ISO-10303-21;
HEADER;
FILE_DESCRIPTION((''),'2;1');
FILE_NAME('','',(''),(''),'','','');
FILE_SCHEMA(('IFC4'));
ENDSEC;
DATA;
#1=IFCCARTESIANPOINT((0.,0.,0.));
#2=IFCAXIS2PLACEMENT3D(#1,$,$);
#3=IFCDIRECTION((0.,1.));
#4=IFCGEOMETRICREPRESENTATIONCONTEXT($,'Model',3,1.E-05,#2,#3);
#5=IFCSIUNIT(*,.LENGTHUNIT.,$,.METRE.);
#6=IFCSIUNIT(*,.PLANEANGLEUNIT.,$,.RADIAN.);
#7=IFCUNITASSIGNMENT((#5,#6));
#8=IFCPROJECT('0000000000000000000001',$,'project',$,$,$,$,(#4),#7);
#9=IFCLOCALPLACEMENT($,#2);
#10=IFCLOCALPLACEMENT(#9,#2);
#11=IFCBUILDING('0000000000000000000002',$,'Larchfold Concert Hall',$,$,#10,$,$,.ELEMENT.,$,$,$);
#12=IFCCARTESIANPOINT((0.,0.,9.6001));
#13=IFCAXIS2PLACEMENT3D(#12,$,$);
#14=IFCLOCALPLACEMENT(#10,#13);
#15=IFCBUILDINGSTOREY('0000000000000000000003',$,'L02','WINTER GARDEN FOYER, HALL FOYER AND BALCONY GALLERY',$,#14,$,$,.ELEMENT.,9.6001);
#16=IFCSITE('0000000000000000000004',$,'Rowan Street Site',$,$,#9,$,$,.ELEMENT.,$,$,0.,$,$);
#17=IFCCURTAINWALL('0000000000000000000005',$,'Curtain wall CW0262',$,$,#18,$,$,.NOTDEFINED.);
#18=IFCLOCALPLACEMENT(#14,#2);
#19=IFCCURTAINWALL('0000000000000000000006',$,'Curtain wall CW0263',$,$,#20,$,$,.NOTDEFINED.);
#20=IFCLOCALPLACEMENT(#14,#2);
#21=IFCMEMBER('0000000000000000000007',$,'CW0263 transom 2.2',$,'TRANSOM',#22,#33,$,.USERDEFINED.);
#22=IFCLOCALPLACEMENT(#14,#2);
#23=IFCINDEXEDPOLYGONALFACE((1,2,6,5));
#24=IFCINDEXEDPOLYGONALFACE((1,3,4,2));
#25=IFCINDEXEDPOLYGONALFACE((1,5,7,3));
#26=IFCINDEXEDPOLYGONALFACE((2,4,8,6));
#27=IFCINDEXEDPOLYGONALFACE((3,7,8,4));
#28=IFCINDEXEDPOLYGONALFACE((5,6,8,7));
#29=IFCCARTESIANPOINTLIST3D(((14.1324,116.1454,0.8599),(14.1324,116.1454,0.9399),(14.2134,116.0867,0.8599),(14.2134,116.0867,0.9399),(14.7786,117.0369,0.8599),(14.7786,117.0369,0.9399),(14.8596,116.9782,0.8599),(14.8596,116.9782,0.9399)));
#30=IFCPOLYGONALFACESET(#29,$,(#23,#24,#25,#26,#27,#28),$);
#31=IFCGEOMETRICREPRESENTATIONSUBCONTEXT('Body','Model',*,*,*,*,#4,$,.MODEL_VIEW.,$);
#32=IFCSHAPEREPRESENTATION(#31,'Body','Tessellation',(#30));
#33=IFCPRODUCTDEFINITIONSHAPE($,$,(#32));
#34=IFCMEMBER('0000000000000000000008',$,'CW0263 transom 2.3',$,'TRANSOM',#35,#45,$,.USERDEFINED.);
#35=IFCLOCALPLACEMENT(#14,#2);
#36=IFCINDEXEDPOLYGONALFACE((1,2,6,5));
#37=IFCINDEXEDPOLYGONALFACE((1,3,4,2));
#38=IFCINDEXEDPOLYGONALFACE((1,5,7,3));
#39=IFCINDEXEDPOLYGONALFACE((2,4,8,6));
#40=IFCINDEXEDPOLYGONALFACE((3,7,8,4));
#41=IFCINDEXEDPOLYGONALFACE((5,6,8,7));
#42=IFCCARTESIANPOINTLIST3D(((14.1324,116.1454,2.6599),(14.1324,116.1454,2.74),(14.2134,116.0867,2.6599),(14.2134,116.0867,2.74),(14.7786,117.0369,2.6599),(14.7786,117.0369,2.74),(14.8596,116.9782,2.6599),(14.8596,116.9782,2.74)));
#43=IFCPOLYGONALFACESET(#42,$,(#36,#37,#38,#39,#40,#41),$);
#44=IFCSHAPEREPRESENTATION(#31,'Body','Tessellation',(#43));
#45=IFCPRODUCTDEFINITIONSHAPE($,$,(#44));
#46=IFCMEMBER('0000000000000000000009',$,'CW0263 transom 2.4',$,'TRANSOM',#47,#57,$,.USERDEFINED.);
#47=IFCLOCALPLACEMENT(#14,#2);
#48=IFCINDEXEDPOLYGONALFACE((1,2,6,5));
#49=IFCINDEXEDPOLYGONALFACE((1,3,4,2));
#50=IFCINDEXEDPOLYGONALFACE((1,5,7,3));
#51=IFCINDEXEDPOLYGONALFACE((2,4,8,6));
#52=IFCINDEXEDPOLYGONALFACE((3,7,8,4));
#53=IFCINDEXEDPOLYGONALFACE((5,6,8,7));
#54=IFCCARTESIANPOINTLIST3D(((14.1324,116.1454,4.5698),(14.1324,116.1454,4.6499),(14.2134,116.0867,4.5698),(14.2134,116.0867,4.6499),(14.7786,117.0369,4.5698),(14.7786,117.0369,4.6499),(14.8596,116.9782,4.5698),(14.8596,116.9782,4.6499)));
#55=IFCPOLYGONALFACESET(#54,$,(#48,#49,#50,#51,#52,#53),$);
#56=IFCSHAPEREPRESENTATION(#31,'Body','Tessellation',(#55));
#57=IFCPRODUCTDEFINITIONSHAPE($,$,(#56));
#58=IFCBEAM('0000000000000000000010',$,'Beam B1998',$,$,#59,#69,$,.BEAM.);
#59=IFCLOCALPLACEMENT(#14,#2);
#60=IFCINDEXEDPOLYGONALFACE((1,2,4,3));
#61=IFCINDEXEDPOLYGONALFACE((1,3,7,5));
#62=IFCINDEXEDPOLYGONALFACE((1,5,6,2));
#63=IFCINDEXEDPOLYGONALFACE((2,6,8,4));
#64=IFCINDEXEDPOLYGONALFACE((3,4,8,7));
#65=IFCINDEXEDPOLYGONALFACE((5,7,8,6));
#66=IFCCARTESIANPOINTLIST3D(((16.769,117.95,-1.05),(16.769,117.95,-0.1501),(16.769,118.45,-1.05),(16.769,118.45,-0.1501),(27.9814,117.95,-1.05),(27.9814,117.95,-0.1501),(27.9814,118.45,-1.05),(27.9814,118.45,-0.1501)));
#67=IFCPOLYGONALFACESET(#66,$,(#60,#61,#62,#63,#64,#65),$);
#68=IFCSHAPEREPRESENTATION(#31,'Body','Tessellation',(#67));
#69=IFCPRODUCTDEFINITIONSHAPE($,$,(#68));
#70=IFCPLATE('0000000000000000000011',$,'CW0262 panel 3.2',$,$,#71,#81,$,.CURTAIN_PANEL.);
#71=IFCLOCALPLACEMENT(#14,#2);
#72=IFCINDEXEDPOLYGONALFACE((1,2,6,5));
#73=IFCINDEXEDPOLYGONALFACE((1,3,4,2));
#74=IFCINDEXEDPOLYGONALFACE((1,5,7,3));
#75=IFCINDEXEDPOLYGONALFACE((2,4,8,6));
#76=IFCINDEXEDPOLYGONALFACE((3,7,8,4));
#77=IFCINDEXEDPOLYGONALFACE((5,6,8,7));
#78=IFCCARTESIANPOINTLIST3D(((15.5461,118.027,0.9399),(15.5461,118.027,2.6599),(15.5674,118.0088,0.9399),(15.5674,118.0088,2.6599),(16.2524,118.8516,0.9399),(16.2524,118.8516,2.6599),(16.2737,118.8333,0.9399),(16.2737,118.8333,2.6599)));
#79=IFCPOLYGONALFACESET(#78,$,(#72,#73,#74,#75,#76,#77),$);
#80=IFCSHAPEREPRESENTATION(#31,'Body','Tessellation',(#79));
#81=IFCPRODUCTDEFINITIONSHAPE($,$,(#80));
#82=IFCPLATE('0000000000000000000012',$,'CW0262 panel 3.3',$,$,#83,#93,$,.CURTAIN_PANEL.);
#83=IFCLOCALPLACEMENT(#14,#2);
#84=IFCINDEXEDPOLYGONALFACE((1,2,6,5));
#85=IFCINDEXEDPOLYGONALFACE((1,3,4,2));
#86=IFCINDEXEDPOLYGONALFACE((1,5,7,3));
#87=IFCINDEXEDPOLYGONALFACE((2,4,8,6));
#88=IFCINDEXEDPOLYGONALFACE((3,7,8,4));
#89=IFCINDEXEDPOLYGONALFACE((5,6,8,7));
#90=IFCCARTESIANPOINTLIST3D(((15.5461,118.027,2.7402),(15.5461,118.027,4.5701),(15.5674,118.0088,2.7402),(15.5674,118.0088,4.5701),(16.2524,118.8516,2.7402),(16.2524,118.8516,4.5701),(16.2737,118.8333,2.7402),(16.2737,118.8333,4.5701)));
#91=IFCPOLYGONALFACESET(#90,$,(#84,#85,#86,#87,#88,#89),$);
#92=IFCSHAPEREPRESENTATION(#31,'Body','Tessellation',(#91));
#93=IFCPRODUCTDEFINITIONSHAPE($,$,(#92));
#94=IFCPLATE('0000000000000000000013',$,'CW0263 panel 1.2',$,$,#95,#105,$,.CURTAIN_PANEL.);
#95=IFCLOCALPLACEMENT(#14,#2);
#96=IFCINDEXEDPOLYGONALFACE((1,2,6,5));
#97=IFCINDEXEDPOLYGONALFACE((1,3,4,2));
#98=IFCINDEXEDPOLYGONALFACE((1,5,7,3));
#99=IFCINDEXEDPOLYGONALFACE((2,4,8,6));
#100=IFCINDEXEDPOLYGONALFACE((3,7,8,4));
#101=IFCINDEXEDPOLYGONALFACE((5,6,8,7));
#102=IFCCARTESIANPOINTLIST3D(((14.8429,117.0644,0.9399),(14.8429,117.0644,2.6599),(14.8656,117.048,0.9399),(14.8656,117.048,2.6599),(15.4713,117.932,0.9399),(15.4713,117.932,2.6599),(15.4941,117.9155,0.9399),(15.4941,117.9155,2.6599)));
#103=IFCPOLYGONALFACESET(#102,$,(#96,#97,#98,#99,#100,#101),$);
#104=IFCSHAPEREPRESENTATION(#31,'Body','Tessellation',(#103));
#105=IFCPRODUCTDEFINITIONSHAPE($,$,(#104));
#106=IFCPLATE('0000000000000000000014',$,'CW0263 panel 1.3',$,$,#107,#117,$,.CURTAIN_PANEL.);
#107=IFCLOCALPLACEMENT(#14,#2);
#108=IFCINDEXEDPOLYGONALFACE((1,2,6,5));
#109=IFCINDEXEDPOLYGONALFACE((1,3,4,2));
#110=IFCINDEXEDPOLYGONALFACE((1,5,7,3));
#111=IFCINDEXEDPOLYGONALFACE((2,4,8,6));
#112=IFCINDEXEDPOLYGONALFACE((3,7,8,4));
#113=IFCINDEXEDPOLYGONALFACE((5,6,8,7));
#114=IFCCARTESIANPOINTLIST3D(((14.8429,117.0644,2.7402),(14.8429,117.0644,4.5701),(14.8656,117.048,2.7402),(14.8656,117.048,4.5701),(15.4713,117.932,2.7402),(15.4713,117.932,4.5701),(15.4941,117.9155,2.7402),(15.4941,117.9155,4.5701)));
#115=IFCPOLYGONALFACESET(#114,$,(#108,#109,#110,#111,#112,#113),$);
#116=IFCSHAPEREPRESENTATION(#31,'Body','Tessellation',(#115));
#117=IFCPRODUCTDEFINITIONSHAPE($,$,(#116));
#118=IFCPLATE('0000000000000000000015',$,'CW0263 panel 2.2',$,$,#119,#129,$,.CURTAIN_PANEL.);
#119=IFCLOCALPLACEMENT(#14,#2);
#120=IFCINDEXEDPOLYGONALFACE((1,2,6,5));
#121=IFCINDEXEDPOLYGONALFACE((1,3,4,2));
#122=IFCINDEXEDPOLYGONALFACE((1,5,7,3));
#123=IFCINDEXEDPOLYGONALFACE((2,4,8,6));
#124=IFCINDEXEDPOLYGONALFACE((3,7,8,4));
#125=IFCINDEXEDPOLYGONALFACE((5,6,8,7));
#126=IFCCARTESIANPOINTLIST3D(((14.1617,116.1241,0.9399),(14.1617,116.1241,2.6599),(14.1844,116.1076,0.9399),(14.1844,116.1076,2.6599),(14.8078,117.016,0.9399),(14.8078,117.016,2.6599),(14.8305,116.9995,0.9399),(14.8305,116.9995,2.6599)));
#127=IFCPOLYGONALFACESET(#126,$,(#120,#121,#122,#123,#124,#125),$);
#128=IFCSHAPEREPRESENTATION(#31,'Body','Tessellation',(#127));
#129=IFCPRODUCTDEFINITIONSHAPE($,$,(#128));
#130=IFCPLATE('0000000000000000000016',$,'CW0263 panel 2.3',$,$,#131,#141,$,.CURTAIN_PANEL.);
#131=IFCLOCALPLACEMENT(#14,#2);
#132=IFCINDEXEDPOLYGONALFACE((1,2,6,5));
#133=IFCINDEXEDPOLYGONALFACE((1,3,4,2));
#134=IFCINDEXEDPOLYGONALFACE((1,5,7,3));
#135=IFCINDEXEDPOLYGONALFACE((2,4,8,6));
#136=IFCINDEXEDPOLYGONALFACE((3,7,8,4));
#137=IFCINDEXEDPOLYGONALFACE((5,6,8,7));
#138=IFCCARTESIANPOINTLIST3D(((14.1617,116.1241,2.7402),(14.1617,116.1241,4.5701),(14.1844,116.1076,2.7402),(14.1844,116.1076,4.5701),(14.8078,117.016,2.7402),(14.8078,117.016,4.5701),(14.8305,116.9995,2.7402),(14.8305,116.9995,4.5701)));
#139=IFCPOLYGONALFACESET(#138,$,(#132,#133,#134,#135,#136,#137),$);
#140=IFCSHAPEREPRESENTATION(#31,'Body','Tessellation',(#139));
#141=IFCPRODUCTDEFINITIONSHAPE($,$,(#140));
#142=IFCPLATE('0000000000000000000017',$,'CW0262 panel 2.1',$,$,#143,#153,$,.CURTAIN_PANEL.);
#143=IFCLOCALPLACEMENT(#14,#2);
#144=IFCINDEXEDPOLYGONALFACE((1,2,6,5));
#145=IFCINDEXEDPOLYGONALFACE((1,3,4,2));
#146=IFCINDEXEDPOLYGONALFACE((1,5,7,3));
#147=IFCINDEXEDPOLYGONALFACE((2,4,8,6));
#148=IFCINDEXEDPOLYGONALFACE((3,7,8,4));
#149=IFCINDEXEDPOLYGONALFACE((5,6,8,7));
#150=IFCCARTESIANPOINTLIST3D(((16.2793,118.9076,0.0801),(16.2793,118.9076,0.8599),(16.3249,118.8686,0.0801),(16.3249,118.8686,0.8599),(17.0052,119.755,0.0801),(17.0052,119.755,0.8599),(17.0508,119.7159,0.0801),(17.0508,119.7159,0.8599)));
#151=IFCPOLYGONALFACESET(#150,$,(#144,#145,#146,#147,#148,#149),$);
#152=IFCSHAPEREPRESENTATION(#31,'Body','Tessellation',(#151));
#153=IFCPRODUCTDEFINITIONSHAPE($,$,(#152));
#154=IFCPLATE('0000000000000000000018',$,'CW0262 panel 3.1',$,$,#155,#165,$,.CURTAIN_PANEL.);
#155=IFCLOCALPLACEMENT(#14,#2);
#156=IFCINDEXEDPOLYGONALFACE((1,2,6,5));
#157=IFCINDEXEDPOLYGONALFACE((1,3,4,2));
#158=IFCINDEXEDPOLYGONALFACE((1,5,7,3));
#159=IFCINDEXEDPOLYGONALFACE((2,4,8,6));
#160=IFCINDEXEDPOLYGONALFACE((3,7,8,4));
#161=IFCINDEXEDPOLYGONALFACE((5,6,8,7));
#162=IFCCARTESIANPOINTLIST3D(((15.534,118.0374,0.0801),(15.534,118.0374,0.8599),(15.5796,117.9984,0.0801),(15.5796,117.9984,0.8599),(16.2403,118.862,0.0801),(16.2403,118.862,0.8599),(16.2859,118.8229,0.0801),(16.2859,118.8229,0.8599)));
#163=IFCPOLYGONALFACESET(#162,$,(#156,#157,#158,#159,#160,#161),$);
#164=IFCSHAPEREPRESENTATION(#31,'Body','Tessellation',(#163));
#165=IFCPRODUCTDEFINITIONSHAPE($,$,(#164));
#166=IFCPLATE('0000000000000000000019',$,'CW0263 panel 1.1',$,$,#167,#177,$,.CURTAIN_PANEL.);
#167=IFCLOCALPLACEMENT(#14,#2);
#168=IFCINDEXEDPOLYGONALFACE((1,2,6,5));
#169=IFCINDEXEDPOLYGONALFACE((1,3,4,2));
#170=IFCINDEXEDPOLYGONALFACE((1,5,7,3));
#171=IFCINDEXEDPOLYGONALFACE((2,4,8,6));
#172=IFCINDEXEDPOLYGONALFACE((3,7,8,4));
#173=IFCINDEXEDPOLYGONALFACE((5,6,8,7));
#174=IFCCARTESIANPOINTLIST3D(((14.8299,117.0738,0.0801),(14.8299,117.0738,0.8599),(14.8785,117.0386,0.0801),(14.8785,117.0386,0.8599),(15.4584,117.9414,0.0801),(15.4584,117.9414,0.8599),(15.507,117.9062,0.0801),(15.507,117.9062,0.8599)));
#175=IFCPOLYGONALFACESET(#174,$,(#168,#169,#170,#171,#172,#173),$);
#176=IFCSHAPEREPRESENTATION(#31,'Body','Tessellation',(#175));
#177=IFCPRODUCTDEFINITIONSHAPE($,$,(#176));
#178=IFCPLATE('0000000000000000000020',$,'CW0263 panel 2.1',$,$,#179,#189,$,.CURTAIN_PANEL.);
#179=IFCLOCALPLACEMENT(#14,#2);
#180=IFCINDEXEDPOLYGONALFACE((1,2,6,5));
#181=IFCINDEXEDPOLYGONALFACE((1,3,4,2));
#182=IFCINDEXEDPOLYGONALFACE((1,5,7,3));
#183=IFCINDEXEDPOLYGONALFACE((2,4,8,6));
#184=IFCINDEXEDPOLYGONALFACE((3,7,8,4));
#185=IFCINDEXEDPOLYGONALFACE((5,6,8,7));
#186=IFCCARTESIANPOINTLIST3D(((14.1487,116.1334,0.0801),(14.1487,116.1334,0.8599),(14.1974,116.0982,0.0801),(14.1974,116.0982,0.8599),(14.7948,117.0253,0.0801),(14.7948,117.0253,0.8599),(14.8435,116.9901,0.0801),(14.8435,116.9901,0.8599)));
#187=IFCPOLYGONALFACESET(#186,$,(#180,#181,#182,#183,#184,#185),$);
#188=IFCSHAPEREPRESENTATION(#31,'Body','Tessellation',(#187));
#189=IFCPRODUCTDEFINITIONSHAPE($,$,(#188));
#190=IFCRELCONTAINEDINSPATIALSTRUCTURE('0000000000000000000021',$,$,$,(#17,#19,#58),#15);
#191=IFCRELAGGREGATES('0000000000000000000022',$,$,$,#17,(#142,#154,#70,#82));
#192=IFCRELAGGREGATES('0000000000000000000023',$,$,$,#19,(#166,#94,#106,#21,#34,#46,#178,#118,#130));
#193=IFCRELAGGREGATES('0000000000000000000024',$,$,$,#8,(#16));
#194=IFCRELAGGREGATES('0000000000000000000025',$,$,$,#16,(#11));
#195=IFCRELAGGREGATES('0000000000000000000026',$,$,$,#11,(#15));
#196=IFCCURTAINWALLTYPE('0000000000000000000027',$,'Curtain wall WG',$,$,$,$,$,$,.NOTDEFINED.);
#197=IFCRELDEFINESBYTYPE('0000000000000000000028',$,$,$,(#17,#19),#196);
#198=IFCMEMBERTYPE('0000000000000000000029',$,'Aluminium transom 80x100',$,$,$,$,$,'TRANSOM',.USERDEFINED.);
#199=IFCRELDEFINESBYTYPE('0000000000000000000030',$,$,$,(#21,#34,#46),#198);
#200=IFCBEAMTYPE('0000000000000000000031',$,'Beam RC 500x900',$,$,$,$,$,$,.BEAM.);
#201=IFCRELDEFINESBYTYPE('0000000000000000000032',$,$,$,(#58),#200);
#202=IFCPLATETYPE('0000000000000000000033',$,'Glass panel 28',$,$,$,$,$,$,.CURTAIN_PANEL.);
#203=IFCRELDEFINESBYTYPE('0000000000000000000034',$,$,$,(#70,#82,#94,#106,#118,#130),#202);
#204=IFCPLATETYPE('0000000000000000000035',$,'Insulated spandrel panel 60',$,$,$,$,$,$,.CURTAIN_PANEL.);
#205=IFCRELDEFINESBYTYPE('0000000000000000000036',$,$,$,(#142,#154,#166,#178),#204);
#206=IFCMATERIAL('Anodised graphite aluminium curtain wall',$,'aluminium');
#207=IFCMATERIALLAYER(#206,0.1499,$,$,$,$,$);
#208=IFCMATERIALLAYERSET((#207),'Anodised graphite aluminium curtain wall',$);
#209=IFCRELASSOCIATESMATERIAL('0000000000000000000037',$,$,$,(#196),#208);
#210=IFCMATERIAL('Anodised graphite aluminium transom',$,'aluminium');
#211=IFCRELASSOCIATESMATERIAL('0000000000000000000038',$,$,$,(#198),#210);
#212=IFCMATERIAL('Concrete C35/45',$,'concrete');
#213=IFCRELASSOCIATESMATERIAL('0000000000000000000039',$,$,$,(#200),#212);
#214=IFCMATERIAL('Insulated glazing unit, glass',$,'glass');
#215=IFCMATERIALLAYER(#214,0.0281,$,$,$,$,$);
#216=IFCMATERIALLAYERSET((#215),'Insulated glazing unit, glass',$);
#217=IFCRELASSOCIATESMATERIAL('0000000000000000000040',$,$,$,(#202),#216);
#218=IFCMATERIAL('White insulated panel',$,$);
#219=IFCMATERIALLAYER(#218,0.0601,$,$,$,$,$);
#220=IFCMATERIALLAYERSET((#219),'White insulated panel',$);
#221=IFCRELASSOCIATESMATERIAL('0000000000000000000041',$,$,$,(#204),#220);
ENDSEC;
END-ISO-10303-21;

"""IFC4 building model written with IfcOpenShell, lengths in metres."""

from ifc_helpers import new_model, si_unit, direction, frame, origin, origin_2d, place, context, subcontext, project, spatial, rectangle, extrude, material, layer, layer_set, material_profile, profile_set, type_object, element, aggregate, save


model = new_model("IFC4")

# Units and contexts
model_context = context("Model", 3, precision=1e-05, world=origin(), true_north=direction((0.0, 1.0)))
body_context = subcontext(model_context, "Body", "Model", "MODEL_VIEW")
ifc_project = project(units=[si_unit("LENGTHUNIT", "METRE"), si_unit("PLANEANGLEUNIT", "RADIAN")], contexts=[model_context])

# Site, building, storey
site_placement = place(None, origin())
site = spatial("IfcSite", under=ifc_project, at=site_placement, Name="Rowan Street Site", CompositionType="ELEMENT", RefElevation=0.0)
building_placement = place(site_placement, origin())
building = spatial("IfcBuilding", under=site, at=building_placement, Name="Larchfold Concert Hall", CompositionType="ELEMENT")
storey_placement = place(building_placement, frame((0.0, 0.0, 9.6001)))
storey = spatial("IfcBuildingStorey", under=building, at=storey_placement, Name="L02", Description="WINTER GARDEN FOYER, HALL FOYER AND BALCONY GALLERY", CompositionType="ELEMENT", Elevation=9.6001)

# Curtain walls
ifc_material_1 = material(Name="Anodised graphite aluminium curtain wall", Category="aluminium")
ifc_layer_1 = layer(ifc_material_1, 0.1499)
ifc_layer_set_1 = layer_set([ifc_layer_1], Name="Anodised graphite aluminium curtain wall")
curtain_wall_type = type_object("IfcCurtainWallType", Name="Curtain wall WG", PredefinedType="NOTDEFINED", material=ifc_layer_set_1)
curtain_wall_1_placement = place(storey_placement, origin())
curtain_wall_1 = element("IfcCurtainWall", 1, at=curtain_wall_1_placement, inside=storey, type_object=curtain_wall_type, Name="Curtain wall CW0262", PredefinedType="NOTDEFINED")
curtain_wall_2_placement = place(storey_placement, origin())
curtain_wall_2 = element("IfcCurtainWall", 2, at=curtain_wall_2_placement, inside=storey, type_object=curtain_wall_type, Name="Curtain wall CW0263", PredefinedType="NOTDEFINED")

# Members
ifc_material_2 = material(Name="Anodised graphite aluminium transom", Category="aluminium")
ifc_material_profile_1 = material_profile(ifc_material_2, rectangle(XDim=0.1001, YDim=0.0801, at=origin_2d()))
ifc_profile_set_1 = profile_set([ifc_material_profile_1], Name="Anodised graphite aluminium transom")
member_type_1 = type_object("IfcMemberType", Name="Aluminium transom 80x100", ElementType="TRANSOM", PredefinedType="USERDEFINED", material=ifc_profile_set_1)
member_1_placement = place(storey_placement, frame((14.8191, 117.0076, 0.8999), z_axis=(-0.586866, -0.809684, 0.0), x_axis=(0.809684, -0.586866, 0.0)))
member_1 = element("IfcMember", 3, at=member_1_placement, type_object=member_type_1, Name="CW0263 transom 2.2", ObjectType="TRANSOM", PredefinedType="USERDEFINED", context=body_context, shape_type="SweptSolid", body=[
    extrude(rectangle(XDim=0.1001, YDim=0.0801, at=origin_2d()), origin(), (0.0, 0.0, 1.0), 1.1011),
])
member_2_placement = place(storey_placement, frame((14.8191, 117.0076, 2.7), z_axis=(-0.586866, -0.809684, 0.0), x_axis=(0.809684, -0.586866, 0.0)))
member_2 = element("IfcMember", 4, at=member_2_placement, type_object=member_type_1, Name="CW0263 transom 2.3", ObjectType="TRANSOM", PredefinedType="USERDEFINED", context=body_context, shape_type="SweptSolid", body=[
    extrude(rectangle(XDim=0.1001, YDim=0.0801, at=origin_2d()), origin(), (0.0, 0.0, 1.0), 1.1011),
])
member_3_placement = place(storey_placement, frame((14.8191, 117.0076, 4.6099), z_axis=(-0.586866, -0.809684, 0.0), x_axis=(0.809684, -0.586866, 0.0)))
member_3 = element("IfcMember", 5, at=member_3_placement, type_object=member_type_1, Name="CW0263 transom 2.4", ObjectType="TRANSOM", PredefinedType="USERDEFINED", context=body_context, shape_type="SweptSolid", body=[
    extrude(rectangle(XDim=0.1001, YDim=0.0801, at=origin_2d()), origin(), (0.0, 0.0, 1.0), 1.1011),
])

# Beam
ifc_material_3 = material(Name="Concrete C35/45", Category="concrete")
ifc_material_profile_2 = material_profile(ifc_material_3, rectangle(XDim=0.5, YDim=0.8999, at=origin_2d()))
ifc_profile_set_2 = profile_set([ifc_material_profile_2], Name="Concrete C35/45")
beam_type = type_object("IfcBeamType", Name="Beam RC 500x900", PredefinedType="BEAM", material=ifc_profile_set_2)
beam_placement = place(storey_placement, frame((16.769, 118.2, -0.6001), z_axis=(1.0, 0.0, 0.0), x_axis=(0.0, 1.0, 0.0)))
element("IfcBeam", 6, at=beam_placement, inside=storey, type_object=beam_type, Name="Beam B1998", PredefinedType="BEAM", context=body_context, shape_type="SweptSolid", body=[
    extrude(rectangle(XDim=0.5, YDim=0.8999, at=origin_2d()), origin(), (0.0, 0.0, 1.0), 11.2124),
])

# Plates
ifc_material_4 = material(Name="Insulated glazing unit, glass", Category="glass")
ifc_layer_2 = layer(ifc_material_4, 0.0281)
ifc_layer_set_2 = layer_set([ifc_layer_2], Name="Insulated glazing unit, glass")
plate_type_1 = type_object("IfcPlateType", Name="Glass panel 28", PredefinedType="CURTAIN_PANEL", material=ifc_layer_set_2)
plate_1_placement = place(storey_placement, frame((15.9099, 118.4302, 0.9399), z_axis=(0.0, 0.0, 1.0), x_axis=(-0.650563, -0.759452, 0.0)))
plate_1 = element("IfcPlate", 7, at=plate_1_placement, type_object=plate_type_1, Name="CW0262 panel 3.2", PredefinedType="CURTAIN_PANEL", context=body_context, shape_type="SweptSolid", body=[
    extrude(rectangle(XDim=1.0857, YDim=0.0281, at=origin_2d()), origin(), (0.0, 0.0, 1.0), 1.72),
])
plate_2_placement = place(storey_placement, frame((15.9099, 118.4302, 2.7402), z_axis=(0.0, 0.0, 1.0), x_axis=(-0.650563, -0.759452, 0.0)))
plate_2 = element("IfcPlate", 8, at=plate_2_placement, type_object=plate_type_1, Name="CW0262 panel 3.3", PredefinedType="CURTAIN_PANEL", context=body_context, shape_type="SweptSolid", body=[
    extrude(rectangle(XDim=1.0857, YDim=0.0281, at=origin_2d()), origin(), (0.0, 0.0, 1.0), 1.8298),
])
plate_3_placement = place(storey_placement, frame((15.1685, 117.49, 0.9399), z_axis=(0.0, 0.0, 1.0), x_axis=(-0.586641, -0.809847, 0.0)))
plate_3 = element("IfcPlate", 9, at=plate_3_placement, type_object=plate_type_1, Name="CW0263 panel 1.2", PredefinedType="CURTAIN_PANEL", context=body_context, shape_type="SweptSolid", body=[
    extrude(rectangle(XDim=1.0713, YDim=0.0281, at=origin_2d()), origin(), (0.0, 0.0, 1.0), 1.72),
])
plate_4_placement = place(storey_placement, frame((15.1685, 117.49, 2.7402), z_axis=(0.0, 0.0, 1.0), x_axis=(-0.586641, -0.809847, 0.0)))
plate_4 = element("IfcPlate", 10, at=plate_4_placement, type_object=plate_type_1, Name="CW0263 panel 1.3", PredefinedType="CURTAIN_PANEL", context=body_context, shape_type="SweptSolid", body=[
    extrude(rectangle(XDim=1.0713, YDim=0.0281, at=origin_2d()), origin(), (0.0, 0.0, 1.0), 1.8298),
])
plate_5_placement = place(storey_placement, frame((14.4961, 116.5618, 0.9399), z_axis=(0.0, 0.0, 1.0), x_axis=(-0.586641, -0.809847, 0.0)))
plate_5 = element("IfcPlate", 11, at=plate_5_placement, type_object=plate_type_1, Name="CW0263 panel 2.2", PredefinedType="CURTAIN_PANEL", context=body_context, shape_type="SweptSolid", body=[
    extrude(rectangle(XDim=1.1013, YDim=0.0281, at=origin_2d()), origin(), (0.0, 0.0, 1.0), 1.72),
])
plate_6_placement = place(storey_placement, frame((14.4961, 116.5618, 2.7402), z_axis=(0.0, 0.0, 1.0), x_axis=(-0.586641, -0.809847, 0.0)))
plate_6 = element("IfcPlate", 12, at=plate_6_placement, type_object=plate_type_1, Name="CW0263 panel 2.3", PredefinedType="CURTAIN_PANEL", context=body_context, shape_type="SweptSolid", body=[
    extrude(rectangle(XDim=1.1013, YDim=0.0281, at=origin_2d()), origin(), (0.0, 0.0, 1.0), 1.8298),
])
ifc_material_5 = material(Name="White insulated panel")
ifc_layer_3 = layer(ifc_material_5, 0.0601)
ifc_layer_set_3 = layer_set([ifc_layer_3], Name="White insulated panel")
plate_type_2 = type_object("IfcPlateType", Name="Insulated spandrel panel 60", PredefinedType="CURTAIN_PANEL", material=ifc_layer_set_3)
plate_7_placement = place(storey_placement, frame((16.665, 119.3118, 0.0801), z_axis=(0.0, 0.0, 1.0), x_axis=(-0.650563, -0.759452, 0.0)))
plate_7 = element("IfcPlate", 13, at=plate_7_placement, type_object=plate_type_2, Name="CW0262 panel 2.1", PredefinedType="CURTAIN_PANEL", context=body_context, shape_type="SweptSolid", body=[
    extrude(rectangle(XDim=1.1157, YDim=0.0601, at=origin_2d()), origin(), (0.0, 0.0, 1.0), 0.7798),
])
plate_8_placement = place(storey_placement, frame((15.9099, 118.4302, 0.0801), z_axis=(0.0, 0.0, 1.0), x_axis=(-0.650563, -0.759452, 0.0)))
plate_8 = element("IfcPlate", 14, at=plate_8_placement, type_object=plate_type_2, Name="CW0262 panel 3.1", PredefinedType="CURTAIN_PANEL", context=body_context, shape_type="SweptSolid", body=[
    extrude(rectangle(XDim=1.0857, YDim=0.0601, at=origin_2d()), origin(), (0.0, 0.0, 1.0), 0.7798),
])
aggregate(curtain_wall_1, [plate_7, plate_8, plate_1, plate_2])
plate_9_placement = place(storey_placement, frame((15.1685, 117.49, 0.0801), z_axis=(0.0, 0.0, 1.0), x_axis=(-0.586641, -0.809847, 0.0)))
plate_9 = element("IfcPlate", 15, at=plate_9_placement, type_object=plate_type_2, Name="CW0263 panel 1.1", PredefinedType="CURTAIN_PANEL", context=body_context, shape_type="SweptSolid", body=[
    extrude(rectangle(XDim=1.0713, YDim=0.0601, at=origin_2d()), origin(), (0.0, 0.0, 1.0), 0.7798),
])
plate_10_placement = place(storey_placement, frame((14.4961, 116.5618, 0.0801), z_axis=(0.0, 0.0, 1.0), x_axis=(-0.586641, -0.809847, 0.0)))
plate_10 = element("IfcPlate", 16, at=plate_10_placement, type_object=plate_type_2, Name="CW0263 panel 2.1", PredefinedType="CURTAIN_PANEL", context=body_context, shape_type="SweptSolid", body=[
    extrude(rectangle(XDim=1.1013, YDim=0.0601, at=origin_2d()), origin(), (0.0, 0.0, 1.0), 0.7798),
])
aggregate(curtain_wall_2, [plate_9, plate_3, plate_4, member_1, member_2, member_3, plate_10, plate_5, plate_6])

save(model, "model.ifc")
